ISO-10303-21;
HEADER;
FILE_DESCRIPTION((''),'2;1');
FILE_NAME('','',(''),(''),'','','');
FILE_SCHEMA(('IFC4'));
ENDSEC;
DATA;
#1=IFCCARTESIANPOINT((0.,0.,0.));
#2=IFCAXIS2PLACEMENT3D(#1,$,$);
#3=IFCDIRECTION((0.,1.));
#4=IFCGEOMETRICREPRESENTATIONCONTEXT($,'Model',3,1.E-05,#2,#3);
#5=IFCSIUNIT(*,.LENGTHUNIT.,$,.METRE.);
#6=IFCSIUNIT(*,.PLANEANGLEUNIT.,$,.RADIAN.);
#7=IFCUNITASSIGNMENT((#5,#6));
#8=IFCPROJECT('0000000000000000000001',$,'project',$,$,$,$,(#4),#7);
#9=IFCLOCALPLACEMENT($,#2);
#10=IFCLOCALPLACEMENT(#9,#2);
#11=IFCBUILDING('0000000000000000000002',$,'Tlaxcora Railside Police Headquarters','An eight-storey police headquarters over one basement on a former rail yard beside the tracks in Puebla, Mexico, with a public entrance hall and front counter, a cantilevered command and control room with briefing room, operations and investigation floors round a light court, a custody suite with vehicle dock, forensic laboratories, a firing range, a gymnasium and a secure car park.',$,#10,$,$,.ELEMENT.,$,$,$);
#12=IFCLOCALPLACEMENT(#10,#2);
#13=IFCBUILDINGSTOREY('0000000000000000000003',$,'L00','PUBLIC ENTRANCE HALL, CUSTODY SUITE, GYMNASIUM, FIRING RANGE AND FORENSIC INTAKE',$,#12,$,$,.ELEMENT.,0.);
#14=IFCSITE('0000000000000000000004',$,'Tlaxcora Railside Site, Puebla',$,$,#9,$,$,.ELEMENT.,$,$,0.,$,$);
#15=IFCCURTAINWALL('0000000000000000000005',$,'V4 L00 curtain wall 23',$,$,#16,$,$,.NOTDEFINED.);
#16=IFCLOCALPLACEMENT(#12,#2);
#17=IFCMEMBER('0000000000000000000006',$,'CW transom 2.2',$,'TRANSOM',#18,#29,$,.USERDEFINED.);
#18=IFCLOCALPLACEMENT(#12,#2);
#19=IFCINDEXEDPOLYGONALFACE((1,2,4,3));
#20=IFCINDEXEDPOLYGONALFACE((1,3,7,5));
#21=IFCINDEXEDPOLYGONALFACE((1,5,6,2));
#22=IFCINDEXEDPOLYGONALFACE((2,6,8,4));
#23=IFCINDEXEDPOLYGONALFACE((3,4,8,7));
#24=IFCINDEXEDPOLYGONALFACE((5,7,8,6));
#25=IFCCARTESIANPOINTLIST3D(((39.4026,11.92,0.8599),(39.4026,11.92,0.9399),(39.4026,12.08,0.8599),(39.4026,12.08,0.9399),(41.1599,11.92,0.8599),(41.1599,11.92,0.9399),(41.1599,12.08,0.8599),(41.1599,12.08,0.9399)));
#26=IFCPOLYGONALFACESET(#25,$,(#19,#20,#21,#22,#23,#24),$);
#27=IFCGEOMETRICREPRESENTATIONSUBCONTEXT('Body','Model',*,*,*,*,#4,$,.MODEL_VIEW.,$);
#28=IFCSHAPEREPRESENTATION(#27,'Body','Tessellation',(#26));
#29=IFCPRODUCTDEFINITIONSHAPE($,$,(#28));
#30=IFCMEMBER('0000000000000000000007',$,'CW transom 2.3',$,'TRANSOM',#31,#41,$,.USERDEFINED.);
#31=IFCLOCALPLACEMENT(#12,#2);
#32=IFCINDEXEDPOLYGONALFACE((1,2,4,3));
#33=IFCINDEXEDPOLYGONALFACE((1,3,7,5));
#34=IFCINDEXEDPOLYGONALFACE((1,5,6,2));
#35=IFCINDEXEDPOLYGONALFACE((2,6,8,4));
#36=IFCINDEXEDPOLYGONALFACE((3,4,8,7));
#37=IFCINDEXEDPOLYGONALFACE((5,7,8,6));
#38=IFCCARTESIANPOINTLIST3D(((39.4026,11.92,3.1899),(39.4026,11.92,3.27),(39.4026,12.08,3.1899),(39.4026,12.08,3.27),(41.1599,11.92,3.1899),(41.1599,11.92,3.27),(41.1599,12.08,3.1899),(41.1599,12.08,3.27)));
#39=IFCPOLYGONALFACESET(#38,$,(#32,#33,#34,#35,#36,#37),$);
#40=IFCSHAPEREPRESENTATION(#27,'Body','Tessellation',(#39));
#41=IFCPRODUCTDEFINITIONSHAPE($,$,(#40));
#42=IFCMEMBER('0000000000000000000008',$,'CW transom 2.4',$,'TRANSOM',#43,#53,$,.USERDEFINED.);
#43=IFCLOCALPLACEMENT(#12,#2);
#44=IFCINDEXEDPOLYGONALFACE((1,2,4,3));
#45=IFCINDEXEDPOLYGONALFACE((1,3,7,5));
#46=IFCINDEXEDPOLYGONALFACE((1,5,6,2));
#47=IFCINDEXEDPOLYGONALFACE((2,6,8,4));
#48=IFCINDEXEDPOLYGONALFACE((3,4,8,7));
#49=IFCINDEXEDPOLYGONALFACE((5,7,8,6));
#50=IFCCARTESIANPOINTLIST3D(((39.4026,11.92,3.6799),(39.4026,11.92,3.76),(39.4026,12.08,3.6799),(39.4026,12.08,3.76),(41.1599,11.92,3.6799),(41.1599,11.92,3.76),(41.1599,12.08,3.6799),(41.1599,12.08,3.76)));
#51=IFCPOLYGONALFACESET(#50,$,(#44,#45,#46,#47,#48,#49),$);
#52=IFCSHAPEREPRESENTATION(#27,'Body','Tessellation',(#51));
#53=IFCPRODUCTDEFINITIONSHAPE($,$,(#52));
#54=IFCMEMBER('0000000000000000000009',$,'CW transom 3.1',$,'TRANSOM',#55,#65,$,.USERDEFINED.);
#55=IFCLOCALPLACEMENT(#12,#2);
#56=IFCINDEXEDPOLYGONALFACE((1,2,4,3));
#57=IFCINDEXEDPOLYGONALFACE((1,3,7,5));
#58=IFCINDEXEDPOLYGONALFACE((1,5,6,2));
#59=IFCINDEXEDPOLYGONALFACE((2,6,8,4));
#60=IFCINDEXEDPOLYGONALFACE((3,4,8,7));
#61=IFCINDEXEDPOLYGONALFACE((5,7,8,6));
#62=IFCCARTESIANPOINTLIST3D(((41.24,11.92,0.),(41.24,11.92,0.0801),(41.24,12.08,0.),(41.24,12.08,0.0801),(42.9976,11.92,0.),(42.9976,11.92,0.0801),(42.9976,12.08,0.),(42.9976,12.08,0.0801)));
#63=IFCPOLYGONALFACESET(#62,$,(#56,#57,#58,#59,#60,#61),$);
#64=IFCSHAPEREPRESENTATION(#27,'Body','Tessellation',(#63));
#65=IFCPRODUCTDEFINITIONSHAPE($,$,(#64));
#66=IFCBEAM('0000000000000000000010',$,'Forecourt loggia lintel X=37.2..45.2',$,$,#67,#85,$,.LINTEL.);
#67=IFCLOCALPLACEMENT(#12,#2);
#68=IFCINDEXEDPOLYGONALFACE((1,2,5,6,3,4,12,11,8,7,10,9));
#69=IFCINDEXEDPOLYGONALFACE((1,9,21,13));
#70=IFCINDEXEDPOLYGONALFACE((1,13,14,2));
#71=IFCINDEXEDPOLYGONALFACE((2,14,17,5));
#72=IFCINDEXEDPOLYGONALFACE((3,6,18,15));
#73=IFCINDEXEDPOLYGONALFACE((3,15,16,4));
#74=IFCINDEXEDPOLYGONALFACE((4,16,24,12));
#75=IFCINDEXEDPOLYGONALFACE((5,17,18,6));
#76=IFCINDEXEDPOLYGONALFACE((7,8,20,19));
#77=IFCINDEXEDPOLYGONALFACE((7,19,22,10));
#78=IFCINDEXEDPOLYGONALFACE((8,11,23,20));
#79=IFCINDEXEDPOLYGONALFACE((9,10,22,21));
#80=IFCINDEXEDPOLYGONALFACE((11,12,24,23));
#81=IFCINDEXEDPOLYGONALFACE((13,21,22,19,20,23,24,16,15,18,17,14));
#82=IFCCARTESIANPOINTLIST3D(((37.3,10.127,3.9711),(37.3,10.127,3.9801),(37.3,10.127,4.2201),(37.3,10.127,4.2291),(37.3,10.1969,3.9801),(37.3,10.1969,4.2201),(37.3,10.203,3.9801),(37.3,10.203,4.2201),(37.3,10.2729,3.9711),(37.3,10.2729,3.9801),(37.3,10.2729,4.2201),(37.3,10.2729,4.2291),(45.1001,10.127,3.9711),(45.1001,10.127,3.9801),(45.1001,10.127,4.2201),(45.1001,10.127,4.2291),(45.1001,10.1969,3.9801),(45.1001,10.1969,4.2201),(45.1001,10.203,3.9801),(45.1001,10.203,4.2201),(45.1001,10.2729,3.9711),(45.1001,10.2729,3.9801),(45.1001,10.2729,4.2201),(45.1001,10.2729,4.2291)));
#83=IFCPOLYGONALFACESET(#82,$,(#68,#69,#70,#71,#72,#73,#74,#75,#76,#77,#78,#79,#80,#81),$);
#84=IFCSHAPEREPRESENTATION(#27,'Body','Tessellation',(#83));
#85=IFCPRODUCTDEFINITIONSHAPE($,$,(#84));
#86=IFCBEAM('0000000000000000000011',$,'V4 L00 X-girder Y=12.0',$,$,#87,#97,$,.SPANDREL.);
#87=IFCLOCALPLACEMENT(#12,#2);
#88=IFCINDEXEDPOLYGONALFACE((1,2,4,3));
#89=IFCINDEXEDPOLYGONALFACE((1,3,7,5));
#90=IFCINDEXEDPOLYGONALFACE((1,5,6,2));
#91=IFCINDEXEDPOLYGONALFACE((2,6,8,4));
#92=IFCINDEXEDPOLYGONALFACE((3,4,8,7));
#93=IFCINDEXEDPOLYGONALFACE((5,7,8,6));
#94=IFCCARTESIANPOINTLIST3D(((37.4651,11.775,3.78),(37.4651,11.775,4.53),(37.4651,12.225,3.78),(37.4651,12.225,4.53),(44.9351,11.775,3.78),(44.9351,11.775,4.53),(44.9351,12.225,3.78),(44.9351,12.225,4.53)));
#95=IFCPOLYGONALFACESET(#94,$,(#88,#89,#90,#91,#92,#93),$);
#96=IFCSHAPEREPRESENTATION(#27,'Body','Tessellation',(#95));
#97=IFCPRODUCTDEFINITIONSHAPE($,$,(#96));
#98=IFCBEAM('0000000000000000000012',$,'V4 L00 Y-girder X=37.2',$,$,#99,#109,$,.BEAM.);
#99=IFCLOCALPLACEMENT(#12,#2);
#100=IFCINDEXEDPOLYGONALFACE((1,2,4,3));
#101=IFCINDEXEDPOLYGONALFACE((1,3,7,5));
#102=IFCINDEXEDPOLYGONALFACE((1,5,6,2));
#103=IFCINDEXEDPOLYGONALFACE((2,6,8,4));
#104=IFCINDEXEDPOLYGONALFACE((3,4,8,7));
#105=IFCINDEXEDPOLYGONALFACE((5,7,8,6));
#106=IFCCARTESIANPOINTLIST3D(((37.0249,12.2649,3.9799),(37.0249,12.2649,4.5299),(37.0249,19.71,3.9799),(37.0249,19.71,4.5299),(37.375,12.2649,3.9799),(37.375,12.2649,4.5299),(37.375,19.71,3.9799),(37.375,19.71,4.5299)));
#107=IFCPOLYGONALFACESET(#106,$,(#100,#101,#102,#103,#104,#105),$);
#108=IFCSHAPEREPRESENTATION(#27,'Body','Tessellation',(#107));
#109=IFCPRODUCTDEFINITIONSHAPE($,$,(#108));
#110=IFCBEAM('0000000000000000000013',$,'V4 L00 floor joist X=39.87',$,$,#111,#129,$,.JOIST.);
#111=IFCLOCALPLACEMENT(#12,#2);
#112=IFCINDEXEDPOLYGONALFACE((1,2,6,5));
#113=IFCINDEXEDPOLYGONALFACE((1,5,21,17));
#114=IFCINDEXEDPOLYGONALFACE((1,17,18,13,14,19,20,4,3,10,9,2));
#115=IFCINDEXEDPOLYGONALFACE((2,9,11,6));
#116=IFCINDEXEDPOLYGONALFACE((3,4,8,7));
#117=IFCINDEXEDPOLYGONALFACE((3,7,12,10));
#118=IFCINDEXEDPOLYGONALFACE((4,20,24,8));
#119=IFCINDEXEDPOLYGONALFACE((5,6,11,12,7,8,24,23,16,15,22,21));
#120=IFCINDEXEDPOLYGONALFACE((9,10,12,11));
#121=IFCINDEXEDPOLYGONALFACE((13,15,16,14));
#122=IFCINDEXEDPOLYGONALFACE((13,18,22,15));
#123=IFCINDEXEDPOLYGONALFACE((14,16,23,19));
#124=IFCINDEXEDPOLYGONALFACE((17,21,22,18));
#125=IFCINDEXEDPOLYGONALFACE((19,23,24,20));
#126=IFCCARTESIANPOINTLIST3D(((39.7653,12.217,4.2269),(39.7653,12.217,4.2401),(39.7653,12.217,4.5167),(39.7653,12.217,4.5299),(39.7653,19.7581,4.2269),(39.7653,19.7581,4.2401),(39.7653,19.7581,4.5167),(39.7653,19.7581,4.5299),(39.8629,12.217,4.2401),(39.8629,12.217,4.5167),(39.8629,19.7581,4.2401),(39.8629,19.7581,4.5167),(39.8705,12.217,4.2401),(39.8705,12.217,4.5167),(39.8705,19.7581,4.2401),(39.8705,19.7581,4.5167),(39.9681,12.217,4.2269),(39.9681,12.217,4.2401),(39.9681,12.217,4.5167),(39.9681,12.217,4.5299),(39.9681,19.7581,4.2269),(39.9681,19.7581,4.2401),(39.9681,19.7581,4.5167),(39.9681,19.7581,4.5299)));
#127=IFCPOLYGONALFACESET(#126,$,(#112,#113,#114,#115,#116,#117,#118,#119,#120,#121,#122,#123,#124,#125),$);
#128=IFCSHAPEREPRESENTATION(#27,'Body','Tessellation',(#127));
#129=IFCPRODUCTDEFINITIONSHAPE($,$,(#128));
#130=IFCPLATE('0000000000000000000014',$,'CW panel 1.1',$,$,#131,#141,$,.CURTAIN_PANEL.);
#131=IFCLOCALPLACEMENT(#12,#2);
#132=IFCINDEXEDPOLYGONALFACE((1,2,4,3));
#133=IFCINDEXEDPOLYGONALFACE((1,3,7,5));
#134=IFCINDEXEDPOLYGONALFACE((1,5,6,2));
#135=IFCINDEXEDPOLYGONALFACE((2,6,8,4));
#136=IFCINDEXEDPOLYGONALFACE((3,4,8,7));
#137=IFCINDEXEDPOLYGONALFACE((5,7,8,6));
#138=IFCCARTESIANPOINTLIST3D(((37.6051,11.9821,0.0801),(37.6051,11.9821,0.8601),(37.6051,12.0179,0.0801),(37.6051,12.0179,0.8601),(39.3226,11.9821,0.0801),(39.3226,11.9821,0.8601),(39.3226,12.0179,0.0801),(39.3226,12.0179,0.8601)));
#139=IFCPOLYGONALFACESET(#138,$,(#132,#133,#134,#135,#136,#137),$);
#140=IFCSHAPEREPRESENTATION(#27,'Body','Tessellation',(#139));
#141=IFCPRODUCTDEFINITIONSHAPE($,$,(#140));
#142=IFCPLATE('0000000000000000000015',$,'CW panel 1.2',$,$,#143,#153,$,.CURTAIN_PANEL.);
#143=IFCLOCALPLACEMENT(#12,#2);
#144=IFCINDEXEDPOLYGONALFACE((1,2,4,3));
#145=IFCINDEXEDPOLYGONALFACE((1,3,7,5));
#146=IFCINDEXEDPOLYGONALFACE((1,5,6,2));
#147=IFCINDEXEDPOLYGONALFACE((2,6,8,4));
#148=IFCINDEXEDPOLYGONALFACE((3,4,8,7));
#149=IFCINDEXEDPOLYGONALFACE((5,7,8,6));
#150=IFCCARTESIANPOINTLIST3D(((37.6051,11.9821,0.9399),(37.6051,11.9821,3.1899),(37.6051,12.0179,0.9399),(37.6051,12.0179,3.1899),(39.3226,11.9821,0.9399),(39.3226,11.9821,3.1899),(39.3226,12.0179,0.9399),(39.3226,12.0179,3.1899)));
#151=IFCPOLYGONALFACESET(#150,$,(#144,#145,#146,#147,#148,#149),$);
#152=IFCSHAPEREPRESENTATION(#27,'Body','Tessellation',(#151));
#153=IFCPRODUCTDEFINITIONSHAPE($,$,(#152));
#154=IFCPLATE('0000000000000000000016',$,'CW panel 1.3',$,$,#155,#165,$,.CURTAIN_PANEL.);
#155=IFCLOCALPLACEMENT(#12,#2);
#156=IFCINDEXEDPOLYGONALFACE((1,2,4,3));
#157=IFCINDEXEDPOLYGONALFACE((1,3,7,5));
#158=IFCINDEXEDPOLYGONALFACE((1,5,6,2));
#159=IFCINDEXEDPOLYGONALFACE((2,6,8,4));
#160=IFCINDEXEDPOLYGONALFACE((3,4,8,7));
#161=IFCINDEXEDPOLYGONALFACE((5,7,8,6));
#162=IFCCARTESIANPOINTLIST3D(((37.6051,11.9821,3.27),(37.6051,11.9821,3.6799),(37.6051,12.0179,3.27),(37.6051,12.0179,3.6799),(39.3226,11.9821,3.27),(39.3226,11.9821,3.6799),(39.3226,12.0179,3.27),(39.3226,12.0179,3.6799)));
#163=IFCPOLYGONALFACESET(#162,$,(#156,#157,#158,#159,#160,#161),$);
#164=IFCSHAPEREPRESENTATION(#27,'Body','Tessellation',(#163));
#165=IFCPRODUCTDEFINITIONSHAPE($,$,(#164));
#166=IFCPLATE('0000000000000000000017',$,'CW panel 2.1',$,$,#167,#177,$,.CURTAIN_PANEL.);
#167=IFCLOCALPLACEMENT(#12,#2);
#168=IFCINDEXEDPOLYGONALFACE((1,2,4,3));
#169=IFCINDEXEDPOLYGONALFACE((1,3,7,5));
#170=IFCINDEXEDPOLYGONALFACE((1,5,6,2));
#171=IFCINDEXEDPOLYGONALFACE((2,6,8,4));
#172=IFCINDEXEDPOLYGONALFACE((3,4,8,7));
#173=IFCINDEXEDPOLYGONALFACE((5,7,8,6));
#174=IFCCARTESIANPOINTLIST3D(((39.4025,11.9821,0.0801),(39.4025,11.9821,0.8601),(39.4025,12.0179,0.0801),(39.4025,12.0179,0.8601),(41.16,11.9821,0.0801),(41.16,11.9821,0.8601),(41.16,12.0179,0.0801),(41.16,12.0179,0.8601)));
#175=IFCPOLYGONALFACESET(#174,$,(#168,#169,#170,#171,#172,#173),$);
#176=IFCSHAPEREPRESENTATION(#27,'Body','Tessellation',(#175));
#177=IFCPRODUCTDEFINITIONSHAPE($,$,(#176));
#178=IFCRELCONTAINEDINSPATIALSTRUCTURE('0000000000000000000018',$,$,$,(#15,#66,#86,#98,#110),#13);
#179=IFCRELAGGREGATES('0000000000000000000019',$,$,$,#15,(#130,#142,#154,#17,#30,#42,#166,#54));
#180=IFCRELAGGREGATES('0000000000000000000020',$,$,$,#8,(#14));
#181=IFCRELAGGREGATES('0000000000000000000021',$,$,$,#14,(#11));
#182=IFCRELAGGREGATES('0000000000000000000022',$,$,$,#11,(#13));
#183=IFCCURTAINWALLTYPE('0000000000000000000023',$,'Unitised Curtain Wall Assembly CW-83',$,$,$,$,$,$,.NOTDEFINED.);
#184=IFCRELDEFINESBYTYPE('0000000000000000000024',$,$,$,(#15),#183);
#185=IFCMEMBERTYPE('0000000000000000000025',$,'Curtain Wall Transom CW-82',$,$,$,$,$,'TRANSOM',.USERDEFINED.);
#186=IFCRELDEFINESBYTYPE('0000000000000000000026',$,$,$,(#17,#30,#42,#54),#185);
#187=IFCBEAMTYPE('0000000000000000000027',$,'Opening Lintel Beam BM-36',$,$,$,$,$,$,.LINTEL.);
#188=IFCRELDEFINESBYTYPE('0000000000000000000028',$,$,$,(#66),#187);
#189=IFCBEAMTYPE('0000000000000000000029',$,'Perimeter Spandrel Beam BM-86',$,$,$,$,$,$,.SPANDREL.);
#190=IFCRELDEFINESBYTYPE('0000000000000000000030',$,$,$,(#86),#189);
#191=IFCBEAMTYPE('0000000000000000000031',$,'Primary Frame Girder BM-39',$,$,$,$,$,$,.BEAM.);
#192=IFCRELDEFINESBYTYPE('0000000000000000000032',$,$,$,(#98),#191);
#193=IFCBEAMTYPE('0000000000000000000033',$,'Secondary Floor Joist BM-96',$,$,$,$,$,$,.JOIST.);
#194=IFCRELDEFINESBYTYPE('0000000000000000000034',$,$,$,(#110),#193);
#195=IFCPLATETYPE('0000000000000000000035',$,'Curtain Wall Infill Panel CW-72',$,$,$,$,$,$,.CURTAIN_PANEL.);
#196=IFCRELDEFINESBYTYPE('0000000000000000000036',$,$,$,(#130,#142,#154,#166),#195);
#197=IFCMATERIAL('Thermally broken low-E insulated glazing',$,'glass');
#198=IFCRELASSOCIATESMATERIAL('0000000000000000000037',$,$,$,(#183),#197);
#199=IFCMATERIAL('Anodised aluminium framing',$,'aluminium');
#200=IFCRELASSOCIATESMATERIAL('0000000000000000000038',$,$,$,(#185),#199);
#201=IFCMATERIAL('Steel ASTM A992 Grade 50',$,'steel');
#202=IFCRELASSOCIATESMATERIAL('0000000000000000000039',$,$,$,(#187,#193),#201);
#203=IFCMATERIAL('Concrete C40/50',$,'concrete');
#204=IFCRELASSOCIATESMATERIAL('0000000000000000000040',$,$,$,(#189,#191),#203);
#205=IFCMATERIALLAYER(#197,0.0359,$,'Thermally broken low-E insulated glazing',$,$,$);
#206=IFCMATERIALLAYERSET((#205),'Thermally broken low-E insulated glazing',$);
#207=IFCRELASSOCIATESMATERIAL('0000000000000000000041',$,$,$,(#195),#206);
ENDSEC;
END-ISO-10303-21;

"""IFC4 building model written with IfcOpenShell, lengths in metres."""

from ifc_helpers import new_model, si_unit, direction, frame, origin, origin_2d, place, context, subcontext, project, spatial, rectangle, i_section, extrude, material, layer, layer_set, material_profile, profile_set, type_object, element, aggregate, save


model = new_model("IFC4")

# Units and contexts
model_context = context("Model", 3, precision=1e-05, world=origin(), true_north=direction((0.0, 1.0)))
body_context = subcontext(model_context, "Body", "Model", "MODEL_VIEW")
ifc_project = project(units=[si_unit("LENGTHUNIT", "METRE"), si_unit("PLANEANGLEUNIT", "RADIAN")], contexts=[model_context])

# Site, building, storey
site_placement = place(None, origin())
site = spatial("IfcSite", under=ifc_project, at=site_placement, Name="Tlaxcora Railside Site, Puebla", CompositionType="ELEMENT", RefElevation=0.0)
building_placement = place(site_placement, origin())
building = spatial("IfcBuilding", under=site, at=building_placement, Name="Tlaxcora Railside Police Headquarters", Description="An eight-storey police headquarters over one basement on a former rail yard beside the tracks in Puebla, Mexico, with a public entrance hall and front counter, a cantilevered command and control room with briefing room, operations and investigation floors round a light court, a custody suite with vehicle dock, forensic laboratories, a firing range, a gymnasium and a secure car park.", CompositionType="ELEMENT")
storey_placement = place(building_placement, origin())
storey = spatial("IfcBuildingStorey", under=building, at=storey_placement, Name="L00", Description="PUBLIC ENTRANCE HALL, CUSTODY SUITE, GYMNASIUM, FIRING RANGE AND FORENSIC INTAKE", CompositionType="ELEMENT", Elevation=0.0)

# Shared definitions
ifc_material_1 = material(Name="Concrete C40/50", Category="concrete")

# Curtain wall, members
ifc_material_2 = material(Name="Thermally broken low-E insulated glazing", Category="glass")
curtain_wall_type = type_object("IfcCurtainWallType", Name="Unitised Curtain Wall Assembly CW-83", PredefinedType="NOTDEFINED", material=ifc_material_2)
curtain_wall_placement = place(storey_placement, origin())
curtain_wall = element("IfcCurtainWall", 1, at=curtain_wall_placement, inside=storey, type_object=curtain_wall_type, Name="V4 L00 curtain wall 23", PredefinedType="NOTDEFINED")
ifc_material_3 = material(Name="Anodised aluminium framing", Category="aluminium")
ifc_material_profile_1 = material_profile(ifc_material_3, rectangle(XDim=0.1599, YDim=0.0801, at=origin_2d()), Name="AL80X160")
ifc_profile_set_1 = profile_set([ifc_material_profile_1], Name="Anodised aluminium framing")
member_type_1 = type_object("IfcMemberType", Name="Curtain Wall Transom CW-82", ElementType="TRANSOM", PredefinedType="USERDEFINED", material=ifc_profile_set_1)
member_1_placement = place(storey_placement, frame((39.4026, 12.0, 0.8999), z_axis=(1.0, 0.0, 0.0), x_axis=(0.0, 1.0, 0.0)))
member_1 = element("IfcMember", 2, at=member_1_placement, type_object=member_type_1, Name="CW transom 2.2", ObjectType="TRANSOM", PredefinedType="USERDEFINED", context=body_context, shape_type="SweptSolid", body=[
    extrude(rectangle(XDim=0.1599, YDim=0.0801, at=origin_2d()), origin(), (0.0, 0.0, 1.0), 1.7573),
])
member_2_placement = place(storey_placement, frame((39.4026, 12.0, 3.23), z_axis=(1.0, 0.0, 0.0), x_axis=(0.0, 1.0, 0.0)))
member_2 = element("IfcMember", 3, at=member_2_placement, type_object=member_type_1, Name="CW transom 2.3", ObjectType="TRANSOM", PredefinedType="USERDEFINED", context=body_context, shape_type="SweptSolid", body=[
    extrude(rectangle(XDim=0.1599, YDim=0.0801, at=origin_2d()), origin(), (0.0, 0.0, 1.0), 1.7573),
])
member_3_placement = place(storey_placement, frame((39.4026, 12.0, 3.72), z_axis=(1.0, 0.0, 0.0), x_axis=(0.0, 1.0, 0.0)))
member_3 = element("IfcMember", 4, at=member_3_placement, type_object=member_type_1, Name="CW transom 2.4", ObjectType="TRANSOM", PredefinedType="USERDEFINED", context=body_context, shape_type="SweptSolid", body=[
    extrude(rectangle(XDim=0.1599, YDim=0.0801, at=origin_2d()), origin(), (0.0, 0.0, 1.0), 1.7573),
])
member_4_placement = place(storey_placement, frame((41.24, 12.0, 0.04), z_axis=(1.0, 0.0, 0.0), x_axis=(0.0, 1.0, 0.0)))
member_4 = element("IfcMember", 5, at=member_4_placement, type_object=member_type_1, Name="CW transom 3.1", ObjectType="TRANSOM", PredefinedType="USERDEFINED", context=body_context, shape_type="SweptSolid", body=[
    extrude(rectangle(XDim=0.1599, YDim=0.0801, at=origin_2d()), origin(), (0.0, 0.0, 1.0), 1.7576),
])

# Beams
ifc_material_4 = material(Name="Steel ASTM A992 Grade 50", Category="steel")
ifc_material_profile_2 = material_profile(ifc_material_4, i_section(OverallWidth=0.146, OverallDepth=0.2581, WebThickness=0.0061, FlangeThickness=0.009, at=origin_2d()), Name="W10X22")
ifc_profile_set_2 = profile_set([ifc_material_profile_2], Name="Steel ASTM A992 Grade 50")
beam_type_1 = type_object("IfcBeamType", Name="Opening Lintel Beam BM-36", PredefinedType="LINTEL", material=ifc_profile_set_2)
beam_1_placement = place(storey_placement, frame((37.3, 10.2, 4.1001), z_axis=(1.0, 0.0, 0.0), x_axis=(0.0, 1.0, 0.0)))
element("IfcBeam", 6, at=beam_1_placement, inside=storey, type_object=beam_type_1, Name="Forecourt loggia lintel X=37.2..45.2", PredefinedType="LINTEL", context=body_context, shape_type="SweptSolid", body=[
    extrude(i_section(OverallWidth=0.146, OverallDepth=0.2581, WebThickness=0.0061, FlangeThickness=0.009, at=origin_2d()), origin(), (0.0, 0.0, 1.0), 7.8),
])
ifc_material_profile_3 = material_profile(ifc_material_1, rectangle(XDim=0.45, YDim=0.75, at=origin_2d()), Name="RC450X750")
ifc_profile_set_3 = profile_set([ifc_material_profile_3], Name="Concrete C40/50")
beam_type_2 = type_object("IfcBeamType", Name="Perimeter Spandrel Beam BM-86", PredefinedType="SPANDREL", material=ifc_profile_set_3)
beam_2_placement = place(storey_placement, frame((37.4651, 12.0, 4.155), z_axis=(1.0, 0.0, 0.0), x_axis=(0.0, 1.0, 0.0)))
element("IfcBeam", 7, at=beam_2_placement, inside=storey, type_object=beam_type_2, Name="V4 L00 X-girder Y=12.0", PredefinedType="SPANDREL", context=body_context, shape_type="SweptSolid", body=[
    extrude(rectangle(XDim=0.45, YDim=0.75, at=origin_2d()), origin(), (0.0, 0.0, 1.0), 7.47),
])
ifc_material_profile_4 = material_profile(ifc_material_1, rectangle(XDim=0.3501, YDim=0.55, at=origin_2d()), Name="RC350X550")
ifc_profile_set_4 = profile_set([ifc_material_profile_4], Name="Concrete C40/50")
beam_type_3 = type_object("IfcBeamType", Name="Primary Frame Girder BM-39", PredefinedType="BEAM", material=ifc_profile_set_4)
beam_3_placement = place(storey_placement, frame((37.2, 12.2649, 4.2549), z_axis=(0.0, 1.0, 0.0), x_axis=(-1.0, 0.0, 0.0)))
element("IfcBeam", 8, at=beam_3_placement, inside=storey, type_object=beam_type_3, Name="V4 L00 Y-girder X=37.2", PredefinedType="BEAM", context=body_context, shape_type="SweptSolid", body=[
    extrude(rectangle(XDim=0.3501, YDim=0.55, at=origin_2d()), origin(), (0.0, 0.0, 1.0), 7.4451),
])
ifc_material_profile_5 = material_profile(ifc_material_4, i_section(OverallWidth=0.2029, OverallDepth=0.303, WebThickness=0.0076, FlangeThickness=0.0132, at=origin_2d()), Name="W12X40")
ifc_profile_set_5 = profile_set([ifc_material_profile_5], Name="Steel ASTM A992 Grade 50")
beam_type_4 = type_object("IfcBeamType", Name="Secondary Floor Joist BM-96", PredefinedType="JOIST", material=ifc_profile_set_5)
beam_4_placement = place(storey_placement, frame((39.8667, 12.217, 4.3784), z_axis=(0.0, 1.0, 0.0), x_axis=(-1.0, 0.0, 0.0)))
element("IfcBeam", 9, at=beam_4_placement, inside=storey, type_object=beam_type_4, Name="V4 L00 floor joist X=39.87", PredefinedType="JOIST", context=body_context, shape_type="SweptSolid", body=[
    extrude(i_section(OverallWidth=0.2029, OverallDepth=0.303, WebThickness=0.0076, FlangeThickness=0.0132, at=origin_2d()), origin(), (0.0, 0.0, 1.0), 7.541),
])

# Plates
ifc_layer_1 = layer(ifc_material_2, 0.0359, Name="Thermally broken low-E insulated glazing")
ifc_layer_set_1 = layer_set([ifc_layer_1], Name="Thermally broken low-E insulated glazing")
plate_type = type_object("IfcPlateType", Name="Curtain Wall Infill Panel CW-72", PredefinedType="CURTAIN_PANEL", material=ifc_layer_set_1)
plate_1_placement = place(storey_placement, frame((38.4639, 12.0, 0.0801), z_axis=(0.0, 0.0, 1.0), x_axis=(1.0, 0.0, 0.0)))
plate_1 = element("IfcPlate", 10, at=plate_1_placement, type_object=plate_type, Name="CW panel 1.1", PredefinedType="CURTAIN_PANEL", context=body_context, shape_type="SweptSolid", body=[
    extrude(rectangle(XDim=1.7175, YDim=0.0359, at=origin_2d()), origin(), (0.0, 0.0, 1.0), 0.78),
])
plate_2_placement = place(storey_placement, frame((38.4639, 12.0, 0.9399), z_axis=(0.0, 0.0, 1.0), x_axis=(1.0, 0.0, 0.0)))
plate_2 = element("IfcPlate", 11, at=plate_2_placement, type_object=plate_type, Name="CW panel 1.2", PredefinedType="CURTAIN_PANEL", context=body_context, shape_type="SweptSolid", body=[
    extrude(rectangle(XDim=1.7175, YDim=0.0359, at=origin_2d()), origin(), (0.0, 0.0, 1.0), 2.25),
])
plate_3_placement = place(storey_placement, frame((38.4639, 12.0, 3.27), z_axis=(0.0, 0.0, 1.0), x_axis=(1.0, 0.0, 0.0)))
plate_3 = element("IfcPlate", 12, at=plate_3_placement, type_object=plate_type, Name="CW panel 1.3", PredefinedType="CURTAIN_PANEL", context=body_context, shape_type="SweptSolid", body=[
    extrude(rectangle(XDim=1.7175, YDim=0.0359, at=origin_2d()), origin(), (0.0, 0.0, 1.0), 0.4099),
])
plate_4_placement = place(storey_placement, frame((40.2812, 12.0, 0.0801), z_axis=(0.0, 0.0, 1.0), x_axis=(1.0, 0.0, 0.0)))
plate_4 = element("IfcPlate", 13, at=plate_4_placement, type_object=plate_type, Name="CW panel 2.1", PredefinedType="CURTAIN_PANEL", context=body_context, shape_type="SweptSolid", body=[
    extrude(rectangle(XDim=1.7576, YDim=0.0359, at=origin_2d()), origin(), (0.0, 0.0, 1.0), 0.78),
])
aggregate(curtain_wall, [plate_1, plate_2, plate_3, member_1, member_2, member_3, plate_4, member_4])

save(model, "model.ifc")
